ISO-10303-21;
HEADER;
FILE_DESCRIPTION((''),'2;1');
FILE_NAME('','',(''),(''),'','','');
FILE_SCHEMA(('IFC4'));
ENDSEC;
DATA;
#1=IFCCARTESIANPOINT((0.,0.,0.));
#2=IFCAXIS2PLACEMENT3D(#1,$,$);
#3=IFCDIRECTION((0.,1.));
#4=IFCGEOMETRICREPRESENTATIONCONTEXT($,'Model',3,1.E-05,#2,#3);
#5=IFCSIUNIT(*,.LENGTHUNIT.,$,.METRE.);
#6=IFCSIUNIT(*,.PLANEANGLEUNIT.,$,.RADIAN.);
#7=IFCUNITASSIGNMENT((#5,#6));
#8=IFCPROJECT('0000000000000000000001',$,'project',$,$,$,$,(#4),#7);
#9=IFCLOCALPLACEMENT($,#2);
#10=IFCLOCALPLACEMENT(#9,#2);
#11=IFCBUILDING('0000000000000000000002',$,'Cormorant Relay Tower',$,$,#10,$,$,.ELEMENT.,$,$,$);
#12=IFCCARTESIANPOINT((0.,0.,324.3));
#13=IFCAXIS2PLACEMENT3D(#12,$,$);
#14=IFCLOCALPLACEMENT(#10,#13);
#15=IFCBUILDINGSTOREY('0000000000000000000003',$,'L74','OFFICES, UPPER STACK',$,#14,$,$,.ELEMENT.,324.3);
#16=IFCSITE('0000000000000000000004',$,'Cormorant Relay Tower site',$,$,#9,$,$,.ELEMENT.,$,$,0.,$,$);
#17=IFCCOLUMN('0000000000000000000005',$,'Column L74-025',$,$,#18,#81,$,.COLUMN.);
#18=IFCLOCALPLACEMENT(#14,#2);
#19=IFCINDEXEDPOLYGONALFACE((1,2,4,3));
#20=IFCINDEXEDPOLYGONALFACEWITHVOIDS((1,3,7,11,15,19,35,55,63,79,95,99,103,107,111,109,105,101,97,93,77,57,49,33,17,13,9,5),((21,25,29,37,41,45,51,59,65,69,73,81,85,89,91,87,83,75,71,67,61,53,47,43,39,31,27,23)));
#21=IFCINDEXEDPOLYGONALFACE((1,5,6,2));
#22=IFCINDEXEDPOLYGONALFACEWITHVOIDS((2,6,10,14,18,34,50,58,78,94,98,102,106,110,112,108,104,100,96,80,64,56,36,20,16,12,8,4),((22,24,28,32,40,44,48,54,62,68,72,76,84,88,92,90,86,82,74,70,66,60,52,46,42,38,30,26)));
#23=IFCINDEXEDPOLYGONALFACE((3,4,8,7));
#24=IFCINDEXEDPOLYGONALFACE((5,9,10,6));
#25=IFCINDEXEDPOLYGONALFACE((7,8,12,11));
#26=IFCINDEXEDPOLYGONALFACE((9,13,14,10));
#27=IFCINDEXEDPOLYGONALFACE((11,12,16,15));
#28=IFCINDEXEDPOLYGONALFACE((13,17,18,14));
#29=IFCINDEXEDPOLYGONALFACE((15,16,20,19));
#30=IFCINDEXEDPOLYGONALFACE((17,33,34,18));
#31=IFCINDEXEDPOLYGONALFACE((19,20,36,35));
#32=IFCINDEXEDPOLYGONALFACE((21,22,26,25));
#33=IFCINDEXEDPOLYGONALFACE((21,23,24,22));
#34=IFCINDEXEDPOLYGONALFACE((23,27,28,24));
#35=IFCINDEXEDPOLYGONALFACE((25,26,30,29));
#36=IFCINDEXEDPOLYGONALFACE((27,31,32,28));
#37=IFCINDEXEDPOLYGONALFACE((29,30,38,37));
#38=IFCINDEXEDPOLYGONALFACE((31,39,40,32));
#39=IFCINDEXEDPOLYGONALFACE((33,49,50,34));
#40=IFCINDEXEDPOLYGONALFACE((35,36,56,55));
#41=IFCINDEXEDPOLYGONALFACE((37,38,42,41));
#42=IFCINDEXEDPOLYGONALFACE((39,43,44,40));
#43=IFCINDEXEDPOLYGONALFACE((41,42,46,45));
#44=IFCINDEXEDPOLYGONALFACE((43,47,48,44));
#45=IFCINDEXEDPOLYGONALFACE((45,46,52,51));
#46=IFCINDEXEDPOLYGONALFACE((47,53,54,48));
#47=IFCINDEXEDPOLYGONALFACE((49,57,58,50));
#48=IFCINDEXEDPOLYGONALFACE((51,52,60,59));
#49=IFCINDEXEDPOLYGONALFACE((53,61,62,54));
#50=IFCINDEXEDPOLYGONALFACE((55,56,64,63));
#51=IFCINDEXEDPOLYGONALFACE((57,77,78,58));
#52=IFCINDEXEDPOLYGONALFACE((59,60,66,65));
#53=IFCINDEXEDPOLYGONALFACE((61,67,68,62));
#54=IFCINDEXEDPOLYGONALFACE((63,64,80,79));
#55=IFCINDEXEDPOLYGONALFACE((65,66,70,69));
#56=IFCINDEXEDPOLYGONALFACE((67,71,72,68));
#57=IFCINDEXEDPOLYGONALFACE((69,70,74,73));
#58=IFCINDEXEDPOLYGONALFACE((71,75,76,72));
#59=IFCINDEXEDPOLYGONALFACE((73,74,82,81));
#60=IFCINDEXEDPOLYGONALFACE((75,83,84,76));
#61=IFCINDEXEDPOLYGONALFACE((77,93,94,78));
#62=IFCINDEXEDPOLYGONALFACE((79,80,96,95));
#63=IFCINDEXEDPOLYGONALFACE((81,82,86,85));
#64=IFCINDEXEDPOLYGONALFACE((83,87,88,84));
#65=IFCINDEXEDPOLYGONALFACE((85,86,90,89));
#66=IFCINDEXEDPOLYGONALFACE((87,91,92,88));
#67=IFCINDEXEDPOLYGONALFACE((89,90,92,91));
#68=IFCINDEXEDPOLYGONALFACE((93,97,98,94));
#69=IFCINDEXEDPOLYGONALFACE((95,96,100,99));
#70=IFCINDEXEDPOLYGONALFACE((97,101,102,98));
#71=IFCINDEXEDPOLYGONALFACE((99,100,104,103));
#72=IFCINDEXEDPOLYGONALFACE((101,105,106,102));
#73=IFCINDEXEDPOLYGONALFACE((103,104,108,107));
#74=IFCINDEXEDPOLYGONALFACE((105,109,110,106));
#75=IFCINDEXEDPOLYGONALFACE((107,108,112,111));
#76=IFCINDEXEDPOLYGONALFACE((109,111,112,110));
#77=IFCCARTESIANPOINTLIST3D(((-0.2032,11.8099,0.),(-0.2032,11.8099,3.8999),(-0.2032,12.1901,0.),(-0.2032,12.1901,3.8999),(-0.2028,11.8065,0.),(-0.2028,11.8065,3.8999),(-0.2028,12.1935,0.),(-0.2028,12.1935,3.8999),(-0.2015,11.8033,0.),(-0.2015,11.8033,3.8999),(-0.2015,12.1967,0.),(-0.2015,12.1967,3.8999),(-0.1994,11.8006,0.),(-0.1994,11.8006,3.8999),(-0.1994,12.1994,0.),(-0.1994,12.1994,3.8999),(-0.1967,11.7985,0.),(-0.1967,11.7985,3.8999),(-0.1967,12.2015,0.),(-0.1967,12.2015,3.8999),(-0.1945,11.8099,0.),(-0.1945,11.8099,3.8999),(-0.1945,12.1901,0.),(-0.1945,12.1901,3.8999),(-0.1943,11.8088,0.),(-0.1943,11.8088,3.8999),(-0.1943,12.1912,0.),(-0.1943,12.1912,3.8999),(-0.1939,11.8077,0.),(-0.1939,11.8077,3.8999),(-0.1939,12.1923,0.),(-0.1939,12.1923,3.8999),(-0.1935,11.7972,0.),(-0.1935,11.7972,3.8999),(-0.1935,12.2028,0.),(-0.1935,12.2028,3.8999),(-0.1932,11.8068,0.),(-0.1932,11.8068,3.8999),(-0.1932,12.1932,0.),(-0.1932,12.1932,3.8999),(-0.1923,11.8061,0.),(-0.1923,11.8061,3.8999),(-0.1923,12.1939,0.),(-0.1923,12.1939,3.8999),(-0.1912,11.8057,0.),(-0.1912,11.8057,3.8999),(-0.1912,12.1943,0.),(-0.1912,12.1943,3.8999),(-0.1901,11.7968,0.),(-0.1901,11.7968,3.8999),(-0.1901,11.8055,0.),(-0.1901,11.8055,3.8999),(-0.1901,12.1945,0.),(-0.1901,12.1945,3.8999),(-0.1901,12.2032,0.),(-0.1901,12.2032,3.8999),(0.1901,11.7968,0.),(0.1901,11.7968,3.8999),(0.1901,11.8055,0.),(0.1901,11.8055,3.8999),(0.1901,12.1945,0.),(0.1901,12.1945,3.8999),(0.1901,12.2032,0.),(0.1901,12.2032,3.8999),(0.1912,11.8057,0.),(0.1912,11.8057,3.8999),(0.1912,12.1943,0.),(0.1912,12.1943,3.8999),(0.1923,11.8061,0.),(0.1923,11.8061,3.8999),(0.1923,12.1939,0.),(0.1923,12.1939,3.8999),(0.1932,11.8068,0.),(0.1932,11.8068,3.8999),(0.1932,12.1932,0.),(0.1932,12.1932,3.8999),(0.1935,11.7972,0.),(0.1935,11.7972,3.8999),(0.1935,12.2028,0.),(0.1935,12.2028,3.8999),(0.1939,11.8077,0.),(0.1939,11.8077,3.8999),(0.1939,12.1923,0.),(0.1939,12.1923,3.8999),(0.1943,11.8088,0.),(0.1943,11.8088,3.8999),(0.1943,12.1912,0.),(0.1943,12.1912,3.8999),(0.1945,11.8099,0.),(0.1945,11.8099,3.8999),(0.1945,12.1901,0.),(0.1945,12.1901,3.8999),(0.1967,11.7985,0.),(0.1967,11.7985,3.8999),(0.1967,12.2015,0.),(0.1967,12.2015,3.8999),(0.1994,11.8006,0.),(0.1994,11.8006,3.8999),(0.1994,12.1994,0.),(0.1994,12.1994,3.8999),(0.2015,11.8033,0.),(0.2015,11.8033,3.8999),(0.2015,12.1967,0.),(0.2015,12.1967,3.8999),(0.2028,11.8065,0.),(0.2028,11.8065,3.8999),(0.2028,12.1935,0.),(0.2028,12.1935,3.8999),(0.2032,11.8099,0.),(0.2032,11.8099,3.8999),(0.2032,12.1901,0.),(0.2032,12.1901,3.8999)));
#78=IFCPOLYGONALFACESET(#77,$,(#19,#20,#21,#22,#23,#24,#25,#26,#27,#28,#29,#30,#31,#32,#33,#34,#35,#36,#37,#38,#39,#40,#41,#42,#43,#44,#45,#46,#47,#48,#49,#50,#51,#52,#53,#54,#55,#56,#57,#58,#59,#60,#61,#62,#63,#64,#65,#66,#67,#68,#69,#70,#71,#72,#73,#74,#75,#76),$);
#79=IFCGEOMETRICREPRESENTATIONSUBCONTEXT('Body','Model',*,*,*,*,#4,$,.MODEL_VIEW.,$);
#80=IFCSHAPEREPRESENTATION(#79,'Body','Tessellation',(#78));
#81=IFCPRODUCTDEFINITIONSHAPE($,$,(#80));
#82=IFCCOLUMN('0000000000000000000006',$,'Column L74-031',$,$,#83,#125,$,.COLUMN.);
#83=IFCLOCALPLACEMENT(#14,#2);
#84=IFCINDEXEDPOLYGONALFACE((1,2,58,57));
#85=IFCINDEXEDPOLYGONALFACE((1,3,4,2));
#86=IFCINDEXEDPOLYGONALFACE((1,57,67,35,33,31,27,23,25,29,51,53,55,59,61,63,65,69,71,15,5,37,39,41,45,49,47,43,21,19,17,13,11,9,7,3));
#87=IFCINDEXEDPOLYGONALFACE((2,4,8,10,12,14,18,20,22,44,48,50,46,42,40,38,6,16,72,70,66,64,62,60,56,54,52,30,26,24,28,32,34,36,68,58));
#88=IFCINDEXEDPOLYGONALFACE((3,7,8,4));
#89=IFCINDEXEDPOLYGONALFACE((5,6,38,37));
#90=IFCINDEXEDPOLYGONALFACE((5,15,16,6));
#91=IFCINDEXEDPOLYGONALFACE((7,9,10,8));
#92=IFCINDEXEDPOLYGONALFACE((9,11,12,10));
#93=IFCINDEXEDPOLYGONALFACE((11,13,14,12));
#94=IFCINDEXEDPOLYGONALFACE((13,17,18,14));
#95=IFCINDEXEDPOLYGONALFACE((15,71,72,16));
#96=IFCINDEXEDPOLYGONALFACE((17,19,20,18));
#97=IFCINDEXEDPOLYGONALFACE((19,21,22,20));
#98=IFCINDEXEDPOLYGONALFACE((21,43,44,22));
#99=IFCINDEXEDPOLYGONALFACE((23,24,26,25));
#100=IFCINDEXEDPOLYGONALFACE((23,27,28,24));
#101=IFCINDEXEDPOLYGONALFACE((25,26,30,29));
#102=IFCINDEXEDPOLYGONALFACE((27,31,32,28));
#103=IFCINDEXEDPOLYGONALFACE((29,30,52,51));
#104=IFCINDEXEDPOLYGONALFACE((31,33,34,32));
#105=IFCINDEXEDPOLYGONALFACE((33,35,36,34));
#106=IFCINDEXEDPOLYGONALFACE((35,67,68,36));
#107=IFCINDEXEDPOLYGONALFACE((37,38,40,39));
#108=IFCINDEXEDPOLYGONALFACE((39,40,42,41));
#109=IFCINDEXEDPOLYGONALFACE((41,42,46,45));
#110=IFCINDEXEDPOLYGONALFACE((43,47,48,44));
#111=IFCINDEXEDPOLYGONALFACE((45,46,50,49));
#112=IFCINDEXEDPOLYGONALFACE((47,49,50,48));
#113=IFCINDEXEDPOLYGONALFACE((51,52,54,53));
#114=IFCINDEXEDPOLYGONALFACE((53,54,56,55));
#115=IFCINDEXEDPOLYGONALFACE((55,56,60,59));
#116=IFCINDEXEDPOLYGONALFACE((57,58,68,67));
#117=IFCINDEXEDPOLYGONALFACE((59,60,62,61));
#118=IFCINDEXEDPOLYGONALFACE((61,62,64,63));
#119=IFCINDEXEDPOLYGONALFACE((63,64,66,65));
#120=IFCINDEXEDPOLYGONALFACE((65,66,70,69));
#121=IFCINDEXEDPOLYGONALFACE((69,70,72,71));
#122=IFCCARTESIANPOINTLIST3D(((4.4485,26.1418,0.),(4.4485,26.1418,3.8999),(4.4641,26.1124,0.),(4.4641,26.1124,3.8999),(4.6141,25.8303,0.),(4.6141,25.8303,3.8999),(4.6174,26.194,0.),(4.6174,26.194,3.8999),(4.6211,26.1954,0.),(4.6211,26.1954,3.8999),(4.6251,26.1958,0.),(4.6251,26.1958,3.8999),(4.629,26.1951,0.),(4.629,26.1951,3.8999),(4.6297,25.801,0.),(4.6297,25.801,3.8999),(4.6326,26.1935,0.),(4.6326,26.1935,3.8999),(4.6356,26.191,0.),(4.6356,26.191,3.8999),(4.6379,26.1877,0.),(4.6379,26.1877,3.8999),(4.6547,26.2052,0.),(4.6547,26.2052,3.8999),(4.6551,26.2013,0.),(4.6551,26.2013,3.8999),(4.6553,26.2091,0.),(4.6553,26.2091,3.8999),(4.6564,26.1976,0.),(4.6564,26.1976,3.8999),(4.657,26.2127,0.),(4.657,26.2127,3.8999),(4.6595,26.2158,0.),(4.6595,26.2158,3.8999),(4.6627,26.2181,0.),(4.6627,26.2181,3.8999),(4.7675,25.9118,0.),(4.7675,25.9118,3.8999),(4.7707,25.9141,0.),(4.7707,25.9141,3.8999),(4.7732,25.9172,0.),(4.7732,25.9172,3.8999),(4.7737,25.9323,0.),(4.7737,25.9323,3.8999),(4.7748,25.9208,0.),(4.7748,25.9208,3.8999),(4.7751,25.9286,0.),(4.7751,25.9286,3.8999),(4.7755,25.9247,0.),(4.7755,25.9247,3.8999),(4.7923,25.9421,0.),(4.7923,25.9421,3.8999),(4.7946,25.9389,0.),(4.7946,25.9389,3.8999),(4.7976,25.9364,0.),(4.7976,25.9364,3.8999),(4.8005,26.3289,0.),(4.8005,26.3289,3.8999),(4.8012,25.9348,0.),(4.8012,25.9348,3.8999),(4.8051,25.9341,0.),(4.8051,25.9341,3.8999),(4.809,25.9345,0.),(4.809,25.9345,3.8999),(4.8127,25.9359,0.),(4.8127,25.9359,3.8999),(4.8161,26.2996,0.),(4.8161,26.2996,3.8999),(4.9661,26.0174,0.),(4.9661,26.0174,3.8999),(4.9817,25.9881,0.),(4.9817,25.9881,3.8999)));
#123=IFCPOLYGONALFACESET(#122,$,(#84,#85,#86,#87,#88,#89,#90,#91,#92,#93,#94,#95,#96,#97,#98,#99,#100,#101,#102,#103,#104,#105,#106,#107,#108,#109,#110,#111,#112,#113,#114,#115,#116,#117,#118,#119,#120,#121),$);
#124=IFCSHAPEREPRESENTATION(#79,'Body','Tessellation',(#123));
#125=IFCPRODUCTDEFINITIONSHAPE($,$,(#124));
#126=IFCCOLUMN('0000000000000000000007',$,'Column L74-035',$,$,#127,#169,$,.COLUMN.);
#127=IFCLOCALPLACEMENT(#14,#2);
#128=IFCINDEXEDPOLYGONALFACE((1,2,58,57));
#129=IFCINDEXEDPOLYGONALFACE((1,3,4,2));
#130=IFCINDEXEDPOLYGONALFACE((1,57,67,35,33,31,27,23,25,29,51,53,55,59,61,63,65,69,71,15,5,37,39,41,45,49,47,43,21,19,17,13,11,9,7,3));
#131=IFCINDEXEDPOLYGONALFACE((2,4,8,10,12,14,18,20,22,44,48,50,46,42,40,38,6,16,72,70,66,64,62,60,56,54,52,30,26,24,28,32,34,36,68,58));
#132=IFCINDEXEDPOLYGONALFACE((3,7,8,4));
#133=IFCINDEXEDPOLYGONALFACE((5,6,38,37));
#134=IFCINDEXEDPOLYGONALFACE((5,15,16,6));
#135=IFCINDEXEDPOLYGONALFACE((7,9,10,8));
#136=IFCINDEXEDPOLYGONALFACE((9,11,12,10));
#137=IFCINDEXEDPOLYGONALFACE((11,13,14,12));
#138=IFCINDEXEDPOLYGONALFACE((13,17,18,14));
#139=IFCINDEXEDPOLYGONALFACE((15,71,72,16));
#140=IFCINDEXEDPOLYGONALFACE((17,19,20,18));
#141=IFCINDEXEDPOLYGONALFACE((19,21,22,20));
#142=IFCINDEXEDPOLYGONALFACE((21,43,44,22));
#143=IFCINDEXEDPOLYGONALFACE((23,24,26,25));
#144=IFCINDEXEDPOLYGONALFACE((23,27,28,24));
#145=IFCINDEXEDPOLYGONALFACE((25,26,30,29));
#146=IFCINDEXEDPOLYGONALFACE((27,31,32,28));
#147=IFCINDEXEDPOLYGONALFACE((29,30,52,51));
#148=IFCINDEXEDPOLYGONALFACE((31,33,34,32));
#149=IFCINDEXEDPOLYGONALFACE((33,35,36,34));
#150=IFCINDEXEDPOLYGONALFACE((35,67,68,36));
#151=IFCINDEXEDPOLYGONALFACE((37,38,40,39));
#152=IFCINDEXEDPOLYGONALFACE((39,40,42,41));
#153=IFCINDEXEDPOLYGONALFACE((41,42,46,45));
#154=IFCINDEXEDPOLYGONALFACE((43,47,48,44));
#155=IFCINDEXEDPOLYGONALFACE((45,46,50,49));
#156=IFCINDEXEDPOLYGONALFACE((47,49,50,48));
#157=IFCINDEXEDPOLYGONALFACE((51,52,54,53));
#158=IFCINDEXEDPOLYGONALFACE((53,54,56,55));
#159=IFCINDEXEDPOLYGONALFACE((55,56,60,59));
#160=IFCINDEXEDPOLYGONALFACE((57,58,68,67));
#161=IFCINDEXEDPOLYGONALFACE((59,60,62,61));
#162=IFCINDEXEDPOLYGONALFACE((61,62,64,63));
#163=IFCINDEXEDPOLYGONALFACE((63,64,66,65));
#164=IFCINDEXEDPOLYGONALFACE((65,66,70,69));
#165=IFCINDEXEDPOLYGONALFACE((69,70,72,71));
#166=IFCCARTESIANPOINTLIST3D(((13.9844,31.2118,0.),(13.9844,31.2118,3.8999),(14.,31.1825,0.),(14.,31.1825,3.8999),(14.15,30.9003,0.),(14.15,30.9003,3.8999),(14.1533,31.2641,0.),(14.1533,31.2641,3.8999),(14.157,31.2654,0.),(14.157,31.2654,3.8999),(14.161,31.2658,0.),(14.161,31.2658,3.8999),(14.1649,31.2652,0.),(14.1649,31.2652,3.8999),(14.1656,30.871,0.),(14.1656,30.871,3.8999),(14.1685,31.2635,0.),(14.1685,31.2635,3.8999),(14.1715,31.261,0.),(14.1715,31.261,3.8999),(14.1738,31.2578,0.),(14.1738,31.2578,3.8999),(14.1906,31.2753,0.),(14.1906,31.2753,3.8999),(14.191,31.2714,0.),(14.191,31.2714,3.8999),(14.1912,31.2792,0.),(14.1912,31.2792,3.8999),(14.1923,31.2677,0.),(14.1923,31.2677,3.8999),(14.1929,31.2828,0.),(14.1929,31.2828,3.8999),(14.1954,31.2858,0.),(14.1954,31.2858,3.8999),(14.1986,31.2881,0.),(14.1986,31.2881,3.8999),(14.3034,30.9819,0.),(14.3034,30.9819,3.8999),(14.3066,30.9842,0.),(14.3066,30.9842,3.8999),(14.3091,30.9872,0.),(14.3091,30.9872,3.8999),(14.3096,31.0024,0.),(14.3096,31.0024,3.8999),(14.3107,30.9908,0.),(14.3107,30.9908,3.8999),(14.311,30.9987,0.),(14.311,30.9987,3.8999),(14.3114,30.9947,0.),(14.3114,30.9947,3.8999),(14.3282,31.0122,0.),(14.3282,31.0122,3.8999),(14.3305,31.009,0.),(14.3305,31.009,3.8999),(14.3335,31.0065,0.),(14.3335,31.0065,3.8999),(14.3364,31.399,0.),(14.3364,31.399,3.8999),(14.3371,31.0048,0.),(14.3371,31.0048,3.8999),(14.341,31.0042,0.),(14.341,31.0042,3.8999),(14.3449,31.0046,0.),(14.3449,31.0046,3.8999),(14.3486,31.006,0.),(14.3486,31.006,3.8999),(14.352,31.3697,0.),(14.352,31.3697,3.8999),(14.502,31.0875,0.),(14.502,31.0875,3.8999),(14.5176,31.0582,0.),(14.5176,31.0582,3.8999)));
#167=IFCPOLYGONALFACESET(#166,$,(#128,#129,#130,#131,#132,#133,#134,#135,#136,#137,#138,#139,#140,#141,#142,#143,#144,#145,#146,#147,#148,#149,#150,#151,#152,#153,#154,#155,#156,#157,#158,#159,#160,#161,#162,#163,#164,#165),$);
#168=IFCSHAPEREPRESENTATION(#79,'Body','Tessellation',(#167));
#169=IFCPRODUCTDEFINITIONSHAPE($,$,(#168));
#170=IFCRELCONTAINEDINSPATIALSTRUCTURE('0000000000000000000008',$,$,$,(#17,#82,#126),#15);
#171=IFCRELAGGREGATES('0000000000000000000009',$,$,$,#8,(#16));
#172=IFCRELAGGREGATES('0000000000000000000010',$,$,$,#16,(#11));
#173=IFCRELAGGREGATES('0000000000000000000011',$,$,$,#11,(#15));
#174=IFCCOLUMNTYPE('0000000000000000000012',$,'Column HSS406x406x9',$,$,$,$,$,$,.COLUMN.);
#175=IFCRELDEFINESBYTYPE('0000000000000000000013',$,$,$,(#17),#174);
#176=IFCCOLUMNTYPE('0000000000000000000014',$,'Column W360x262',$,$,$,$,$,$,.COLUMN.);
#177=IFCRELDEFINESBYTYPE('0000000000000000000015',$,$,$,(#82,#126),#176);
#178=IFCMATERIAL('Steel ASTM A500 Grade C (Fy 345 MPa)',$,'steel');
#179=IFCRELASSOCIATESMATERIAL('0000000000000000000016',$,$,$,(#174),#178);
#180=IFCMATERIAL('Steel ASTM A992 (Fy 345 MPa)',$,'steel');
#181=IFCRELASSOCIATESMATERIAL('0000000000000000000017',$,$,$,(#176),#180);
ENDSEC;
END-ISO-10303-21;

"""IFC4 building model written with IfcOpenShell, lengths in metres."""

from ifc_helpers import new_model, si_unit, direction, frame, origin, origin_2d, place, context, subcontext, project, spatial, hollow_rectangle, i_section, extrude, material, material_profile, profile_set, type_object, element, save


model = new_model("IFC4")

# Units and contexts
model_context = context("Model", 3, precision=1e-05, world=origin(), true_north=direction((0.0, 1.0)))
body_context = subcontext(model_context, "Body", "Model", "MODEL_VIEW")
ifc_project = project(units=[si_unit("LENGTHUNIT", "METRE"), si_unit("PLANEANGLEUNIT", "RADIAN")], contexts=[model_context])

# Site, building, storey
site_placement = place(None, origin())
site = spatial("IfcSite", under=ifc_project, at=site_placement, Name="Cormorant Relay Tower site", CompositionType="ELEMENT", RefElevation=0.0)
building_placement = place(site_placement, origin())
building = spatial("IfcBuilding", under=site, at=building_placement, Name="Cormorant Relay Tower", CompositionType="ELEMENT")
storey_placement = place(building_placement, frame((0.0, 0.0, 324.3)))
storey = spatial("IfcBuildingStorey", under=building, at=storey_placement, Name="L74", Description="OFFICES, UPPER STACK", CompositionType="ELEMENT", Elevation=324.3)

# Columns
ifc_material_1 = material(Name="Steel ASTM A500 Grade C (Fy 345 MPa)", Category="steel")
ifc_material_profile_1 = material_profile(ifc_material_1, hollow_rectangle(XDim=0.4065, YDim=0.4065, WallThickness=0.0088, InnerFilletRadius=0.0044, OuterFilletRadius=0.0132, at=origin_2d()), Name="HSS406x406x9")
ifc_profile_set_1 = profile_set([ifc_material_profile_1], Name="Steel ASTM A500 Grade C (Fy 345 MPa)")
column_type_1 = type_object("IfcColumnType", Name="Column HSS406x406x9", PredefinedType="COLUMN", material=ifc_profile_set_1)
column_1_placement = place(storey_placement, frame((0.0, 12.0, 0.0), z_axis=(0.0, 0.0, 1.0), x_axis=(1.0, 0.0, 0.0)))
element("IfcColumn", 1, at=column_1_placement, inside=storey, type_object=column_type_1, Name="Column L74-025", PredefinedType="COLUMN", context=body_context, shape_type="SweptSolid", body=[
    extrude(hollow_rectangle(XDim=0.4065, YDim=0.4065, WallThickness=0.0088, InnerFilletRadius=0.0044, OuterFilletRadius=0.0132, at=origin_2d()), origin(), (0.0, 0.0, 1.0), 3.8999),
])
ifc_material_2 = material(Name="Steel ASTM A992 (Fy 345 MPa)", Category="steel")
ifc_material_profile_2 = material_profile(ifc_material_2, i_section(OverallWidth=0.3987, OverallDepth=0.386, WebThickness=0.021, FlangeThickness=0.0332, FilletRadius=0.0151, at=origin_2d()), Name="W360x262")
ifc_profile_set_2 = profile_set([ifc_material_profile_2], Name="Steel ASTM A992 (Fy 345 MPa)")
column_type_2 = type_object("IfcColumnType", Name="Column W360x262", PredefinedType="COLUMN", material=ifc_profile_set_2)
for number, where, z_axis, x_axis, name in (
    (2, (4.7151, 26.0649, 0.0), (0.0, 0.0, 1.0), (-0.882948, -0.469472, 0.0), "Column L74-031"),
    (3, (14.251, 31.135, 0.0), (0.0, 0.0, 1.0), (-0.882948, -0.469472, 0.0), "Column L74-035"),
):
    element("IfcColumn", number, at=place(storey_placement, frame(where, z_axis=z_axis, x_axis=x_axis)), inside=storey, type_object=column_type_2, Name=name, PredefinedType="COLUMN", context=body_context, shape_type="SweptSolid", body=[
        extrude(i_section(OverallWidth=0.3987, OverallDepth=0.386, WebThickness=0.021, FlangeThickness=0.0332, FilletRadius=0.0151, at=origin_2d()), origin(), (0.0, 0.0, 1.0), 3.8999),
    ])

save(model, "model.ifc")
